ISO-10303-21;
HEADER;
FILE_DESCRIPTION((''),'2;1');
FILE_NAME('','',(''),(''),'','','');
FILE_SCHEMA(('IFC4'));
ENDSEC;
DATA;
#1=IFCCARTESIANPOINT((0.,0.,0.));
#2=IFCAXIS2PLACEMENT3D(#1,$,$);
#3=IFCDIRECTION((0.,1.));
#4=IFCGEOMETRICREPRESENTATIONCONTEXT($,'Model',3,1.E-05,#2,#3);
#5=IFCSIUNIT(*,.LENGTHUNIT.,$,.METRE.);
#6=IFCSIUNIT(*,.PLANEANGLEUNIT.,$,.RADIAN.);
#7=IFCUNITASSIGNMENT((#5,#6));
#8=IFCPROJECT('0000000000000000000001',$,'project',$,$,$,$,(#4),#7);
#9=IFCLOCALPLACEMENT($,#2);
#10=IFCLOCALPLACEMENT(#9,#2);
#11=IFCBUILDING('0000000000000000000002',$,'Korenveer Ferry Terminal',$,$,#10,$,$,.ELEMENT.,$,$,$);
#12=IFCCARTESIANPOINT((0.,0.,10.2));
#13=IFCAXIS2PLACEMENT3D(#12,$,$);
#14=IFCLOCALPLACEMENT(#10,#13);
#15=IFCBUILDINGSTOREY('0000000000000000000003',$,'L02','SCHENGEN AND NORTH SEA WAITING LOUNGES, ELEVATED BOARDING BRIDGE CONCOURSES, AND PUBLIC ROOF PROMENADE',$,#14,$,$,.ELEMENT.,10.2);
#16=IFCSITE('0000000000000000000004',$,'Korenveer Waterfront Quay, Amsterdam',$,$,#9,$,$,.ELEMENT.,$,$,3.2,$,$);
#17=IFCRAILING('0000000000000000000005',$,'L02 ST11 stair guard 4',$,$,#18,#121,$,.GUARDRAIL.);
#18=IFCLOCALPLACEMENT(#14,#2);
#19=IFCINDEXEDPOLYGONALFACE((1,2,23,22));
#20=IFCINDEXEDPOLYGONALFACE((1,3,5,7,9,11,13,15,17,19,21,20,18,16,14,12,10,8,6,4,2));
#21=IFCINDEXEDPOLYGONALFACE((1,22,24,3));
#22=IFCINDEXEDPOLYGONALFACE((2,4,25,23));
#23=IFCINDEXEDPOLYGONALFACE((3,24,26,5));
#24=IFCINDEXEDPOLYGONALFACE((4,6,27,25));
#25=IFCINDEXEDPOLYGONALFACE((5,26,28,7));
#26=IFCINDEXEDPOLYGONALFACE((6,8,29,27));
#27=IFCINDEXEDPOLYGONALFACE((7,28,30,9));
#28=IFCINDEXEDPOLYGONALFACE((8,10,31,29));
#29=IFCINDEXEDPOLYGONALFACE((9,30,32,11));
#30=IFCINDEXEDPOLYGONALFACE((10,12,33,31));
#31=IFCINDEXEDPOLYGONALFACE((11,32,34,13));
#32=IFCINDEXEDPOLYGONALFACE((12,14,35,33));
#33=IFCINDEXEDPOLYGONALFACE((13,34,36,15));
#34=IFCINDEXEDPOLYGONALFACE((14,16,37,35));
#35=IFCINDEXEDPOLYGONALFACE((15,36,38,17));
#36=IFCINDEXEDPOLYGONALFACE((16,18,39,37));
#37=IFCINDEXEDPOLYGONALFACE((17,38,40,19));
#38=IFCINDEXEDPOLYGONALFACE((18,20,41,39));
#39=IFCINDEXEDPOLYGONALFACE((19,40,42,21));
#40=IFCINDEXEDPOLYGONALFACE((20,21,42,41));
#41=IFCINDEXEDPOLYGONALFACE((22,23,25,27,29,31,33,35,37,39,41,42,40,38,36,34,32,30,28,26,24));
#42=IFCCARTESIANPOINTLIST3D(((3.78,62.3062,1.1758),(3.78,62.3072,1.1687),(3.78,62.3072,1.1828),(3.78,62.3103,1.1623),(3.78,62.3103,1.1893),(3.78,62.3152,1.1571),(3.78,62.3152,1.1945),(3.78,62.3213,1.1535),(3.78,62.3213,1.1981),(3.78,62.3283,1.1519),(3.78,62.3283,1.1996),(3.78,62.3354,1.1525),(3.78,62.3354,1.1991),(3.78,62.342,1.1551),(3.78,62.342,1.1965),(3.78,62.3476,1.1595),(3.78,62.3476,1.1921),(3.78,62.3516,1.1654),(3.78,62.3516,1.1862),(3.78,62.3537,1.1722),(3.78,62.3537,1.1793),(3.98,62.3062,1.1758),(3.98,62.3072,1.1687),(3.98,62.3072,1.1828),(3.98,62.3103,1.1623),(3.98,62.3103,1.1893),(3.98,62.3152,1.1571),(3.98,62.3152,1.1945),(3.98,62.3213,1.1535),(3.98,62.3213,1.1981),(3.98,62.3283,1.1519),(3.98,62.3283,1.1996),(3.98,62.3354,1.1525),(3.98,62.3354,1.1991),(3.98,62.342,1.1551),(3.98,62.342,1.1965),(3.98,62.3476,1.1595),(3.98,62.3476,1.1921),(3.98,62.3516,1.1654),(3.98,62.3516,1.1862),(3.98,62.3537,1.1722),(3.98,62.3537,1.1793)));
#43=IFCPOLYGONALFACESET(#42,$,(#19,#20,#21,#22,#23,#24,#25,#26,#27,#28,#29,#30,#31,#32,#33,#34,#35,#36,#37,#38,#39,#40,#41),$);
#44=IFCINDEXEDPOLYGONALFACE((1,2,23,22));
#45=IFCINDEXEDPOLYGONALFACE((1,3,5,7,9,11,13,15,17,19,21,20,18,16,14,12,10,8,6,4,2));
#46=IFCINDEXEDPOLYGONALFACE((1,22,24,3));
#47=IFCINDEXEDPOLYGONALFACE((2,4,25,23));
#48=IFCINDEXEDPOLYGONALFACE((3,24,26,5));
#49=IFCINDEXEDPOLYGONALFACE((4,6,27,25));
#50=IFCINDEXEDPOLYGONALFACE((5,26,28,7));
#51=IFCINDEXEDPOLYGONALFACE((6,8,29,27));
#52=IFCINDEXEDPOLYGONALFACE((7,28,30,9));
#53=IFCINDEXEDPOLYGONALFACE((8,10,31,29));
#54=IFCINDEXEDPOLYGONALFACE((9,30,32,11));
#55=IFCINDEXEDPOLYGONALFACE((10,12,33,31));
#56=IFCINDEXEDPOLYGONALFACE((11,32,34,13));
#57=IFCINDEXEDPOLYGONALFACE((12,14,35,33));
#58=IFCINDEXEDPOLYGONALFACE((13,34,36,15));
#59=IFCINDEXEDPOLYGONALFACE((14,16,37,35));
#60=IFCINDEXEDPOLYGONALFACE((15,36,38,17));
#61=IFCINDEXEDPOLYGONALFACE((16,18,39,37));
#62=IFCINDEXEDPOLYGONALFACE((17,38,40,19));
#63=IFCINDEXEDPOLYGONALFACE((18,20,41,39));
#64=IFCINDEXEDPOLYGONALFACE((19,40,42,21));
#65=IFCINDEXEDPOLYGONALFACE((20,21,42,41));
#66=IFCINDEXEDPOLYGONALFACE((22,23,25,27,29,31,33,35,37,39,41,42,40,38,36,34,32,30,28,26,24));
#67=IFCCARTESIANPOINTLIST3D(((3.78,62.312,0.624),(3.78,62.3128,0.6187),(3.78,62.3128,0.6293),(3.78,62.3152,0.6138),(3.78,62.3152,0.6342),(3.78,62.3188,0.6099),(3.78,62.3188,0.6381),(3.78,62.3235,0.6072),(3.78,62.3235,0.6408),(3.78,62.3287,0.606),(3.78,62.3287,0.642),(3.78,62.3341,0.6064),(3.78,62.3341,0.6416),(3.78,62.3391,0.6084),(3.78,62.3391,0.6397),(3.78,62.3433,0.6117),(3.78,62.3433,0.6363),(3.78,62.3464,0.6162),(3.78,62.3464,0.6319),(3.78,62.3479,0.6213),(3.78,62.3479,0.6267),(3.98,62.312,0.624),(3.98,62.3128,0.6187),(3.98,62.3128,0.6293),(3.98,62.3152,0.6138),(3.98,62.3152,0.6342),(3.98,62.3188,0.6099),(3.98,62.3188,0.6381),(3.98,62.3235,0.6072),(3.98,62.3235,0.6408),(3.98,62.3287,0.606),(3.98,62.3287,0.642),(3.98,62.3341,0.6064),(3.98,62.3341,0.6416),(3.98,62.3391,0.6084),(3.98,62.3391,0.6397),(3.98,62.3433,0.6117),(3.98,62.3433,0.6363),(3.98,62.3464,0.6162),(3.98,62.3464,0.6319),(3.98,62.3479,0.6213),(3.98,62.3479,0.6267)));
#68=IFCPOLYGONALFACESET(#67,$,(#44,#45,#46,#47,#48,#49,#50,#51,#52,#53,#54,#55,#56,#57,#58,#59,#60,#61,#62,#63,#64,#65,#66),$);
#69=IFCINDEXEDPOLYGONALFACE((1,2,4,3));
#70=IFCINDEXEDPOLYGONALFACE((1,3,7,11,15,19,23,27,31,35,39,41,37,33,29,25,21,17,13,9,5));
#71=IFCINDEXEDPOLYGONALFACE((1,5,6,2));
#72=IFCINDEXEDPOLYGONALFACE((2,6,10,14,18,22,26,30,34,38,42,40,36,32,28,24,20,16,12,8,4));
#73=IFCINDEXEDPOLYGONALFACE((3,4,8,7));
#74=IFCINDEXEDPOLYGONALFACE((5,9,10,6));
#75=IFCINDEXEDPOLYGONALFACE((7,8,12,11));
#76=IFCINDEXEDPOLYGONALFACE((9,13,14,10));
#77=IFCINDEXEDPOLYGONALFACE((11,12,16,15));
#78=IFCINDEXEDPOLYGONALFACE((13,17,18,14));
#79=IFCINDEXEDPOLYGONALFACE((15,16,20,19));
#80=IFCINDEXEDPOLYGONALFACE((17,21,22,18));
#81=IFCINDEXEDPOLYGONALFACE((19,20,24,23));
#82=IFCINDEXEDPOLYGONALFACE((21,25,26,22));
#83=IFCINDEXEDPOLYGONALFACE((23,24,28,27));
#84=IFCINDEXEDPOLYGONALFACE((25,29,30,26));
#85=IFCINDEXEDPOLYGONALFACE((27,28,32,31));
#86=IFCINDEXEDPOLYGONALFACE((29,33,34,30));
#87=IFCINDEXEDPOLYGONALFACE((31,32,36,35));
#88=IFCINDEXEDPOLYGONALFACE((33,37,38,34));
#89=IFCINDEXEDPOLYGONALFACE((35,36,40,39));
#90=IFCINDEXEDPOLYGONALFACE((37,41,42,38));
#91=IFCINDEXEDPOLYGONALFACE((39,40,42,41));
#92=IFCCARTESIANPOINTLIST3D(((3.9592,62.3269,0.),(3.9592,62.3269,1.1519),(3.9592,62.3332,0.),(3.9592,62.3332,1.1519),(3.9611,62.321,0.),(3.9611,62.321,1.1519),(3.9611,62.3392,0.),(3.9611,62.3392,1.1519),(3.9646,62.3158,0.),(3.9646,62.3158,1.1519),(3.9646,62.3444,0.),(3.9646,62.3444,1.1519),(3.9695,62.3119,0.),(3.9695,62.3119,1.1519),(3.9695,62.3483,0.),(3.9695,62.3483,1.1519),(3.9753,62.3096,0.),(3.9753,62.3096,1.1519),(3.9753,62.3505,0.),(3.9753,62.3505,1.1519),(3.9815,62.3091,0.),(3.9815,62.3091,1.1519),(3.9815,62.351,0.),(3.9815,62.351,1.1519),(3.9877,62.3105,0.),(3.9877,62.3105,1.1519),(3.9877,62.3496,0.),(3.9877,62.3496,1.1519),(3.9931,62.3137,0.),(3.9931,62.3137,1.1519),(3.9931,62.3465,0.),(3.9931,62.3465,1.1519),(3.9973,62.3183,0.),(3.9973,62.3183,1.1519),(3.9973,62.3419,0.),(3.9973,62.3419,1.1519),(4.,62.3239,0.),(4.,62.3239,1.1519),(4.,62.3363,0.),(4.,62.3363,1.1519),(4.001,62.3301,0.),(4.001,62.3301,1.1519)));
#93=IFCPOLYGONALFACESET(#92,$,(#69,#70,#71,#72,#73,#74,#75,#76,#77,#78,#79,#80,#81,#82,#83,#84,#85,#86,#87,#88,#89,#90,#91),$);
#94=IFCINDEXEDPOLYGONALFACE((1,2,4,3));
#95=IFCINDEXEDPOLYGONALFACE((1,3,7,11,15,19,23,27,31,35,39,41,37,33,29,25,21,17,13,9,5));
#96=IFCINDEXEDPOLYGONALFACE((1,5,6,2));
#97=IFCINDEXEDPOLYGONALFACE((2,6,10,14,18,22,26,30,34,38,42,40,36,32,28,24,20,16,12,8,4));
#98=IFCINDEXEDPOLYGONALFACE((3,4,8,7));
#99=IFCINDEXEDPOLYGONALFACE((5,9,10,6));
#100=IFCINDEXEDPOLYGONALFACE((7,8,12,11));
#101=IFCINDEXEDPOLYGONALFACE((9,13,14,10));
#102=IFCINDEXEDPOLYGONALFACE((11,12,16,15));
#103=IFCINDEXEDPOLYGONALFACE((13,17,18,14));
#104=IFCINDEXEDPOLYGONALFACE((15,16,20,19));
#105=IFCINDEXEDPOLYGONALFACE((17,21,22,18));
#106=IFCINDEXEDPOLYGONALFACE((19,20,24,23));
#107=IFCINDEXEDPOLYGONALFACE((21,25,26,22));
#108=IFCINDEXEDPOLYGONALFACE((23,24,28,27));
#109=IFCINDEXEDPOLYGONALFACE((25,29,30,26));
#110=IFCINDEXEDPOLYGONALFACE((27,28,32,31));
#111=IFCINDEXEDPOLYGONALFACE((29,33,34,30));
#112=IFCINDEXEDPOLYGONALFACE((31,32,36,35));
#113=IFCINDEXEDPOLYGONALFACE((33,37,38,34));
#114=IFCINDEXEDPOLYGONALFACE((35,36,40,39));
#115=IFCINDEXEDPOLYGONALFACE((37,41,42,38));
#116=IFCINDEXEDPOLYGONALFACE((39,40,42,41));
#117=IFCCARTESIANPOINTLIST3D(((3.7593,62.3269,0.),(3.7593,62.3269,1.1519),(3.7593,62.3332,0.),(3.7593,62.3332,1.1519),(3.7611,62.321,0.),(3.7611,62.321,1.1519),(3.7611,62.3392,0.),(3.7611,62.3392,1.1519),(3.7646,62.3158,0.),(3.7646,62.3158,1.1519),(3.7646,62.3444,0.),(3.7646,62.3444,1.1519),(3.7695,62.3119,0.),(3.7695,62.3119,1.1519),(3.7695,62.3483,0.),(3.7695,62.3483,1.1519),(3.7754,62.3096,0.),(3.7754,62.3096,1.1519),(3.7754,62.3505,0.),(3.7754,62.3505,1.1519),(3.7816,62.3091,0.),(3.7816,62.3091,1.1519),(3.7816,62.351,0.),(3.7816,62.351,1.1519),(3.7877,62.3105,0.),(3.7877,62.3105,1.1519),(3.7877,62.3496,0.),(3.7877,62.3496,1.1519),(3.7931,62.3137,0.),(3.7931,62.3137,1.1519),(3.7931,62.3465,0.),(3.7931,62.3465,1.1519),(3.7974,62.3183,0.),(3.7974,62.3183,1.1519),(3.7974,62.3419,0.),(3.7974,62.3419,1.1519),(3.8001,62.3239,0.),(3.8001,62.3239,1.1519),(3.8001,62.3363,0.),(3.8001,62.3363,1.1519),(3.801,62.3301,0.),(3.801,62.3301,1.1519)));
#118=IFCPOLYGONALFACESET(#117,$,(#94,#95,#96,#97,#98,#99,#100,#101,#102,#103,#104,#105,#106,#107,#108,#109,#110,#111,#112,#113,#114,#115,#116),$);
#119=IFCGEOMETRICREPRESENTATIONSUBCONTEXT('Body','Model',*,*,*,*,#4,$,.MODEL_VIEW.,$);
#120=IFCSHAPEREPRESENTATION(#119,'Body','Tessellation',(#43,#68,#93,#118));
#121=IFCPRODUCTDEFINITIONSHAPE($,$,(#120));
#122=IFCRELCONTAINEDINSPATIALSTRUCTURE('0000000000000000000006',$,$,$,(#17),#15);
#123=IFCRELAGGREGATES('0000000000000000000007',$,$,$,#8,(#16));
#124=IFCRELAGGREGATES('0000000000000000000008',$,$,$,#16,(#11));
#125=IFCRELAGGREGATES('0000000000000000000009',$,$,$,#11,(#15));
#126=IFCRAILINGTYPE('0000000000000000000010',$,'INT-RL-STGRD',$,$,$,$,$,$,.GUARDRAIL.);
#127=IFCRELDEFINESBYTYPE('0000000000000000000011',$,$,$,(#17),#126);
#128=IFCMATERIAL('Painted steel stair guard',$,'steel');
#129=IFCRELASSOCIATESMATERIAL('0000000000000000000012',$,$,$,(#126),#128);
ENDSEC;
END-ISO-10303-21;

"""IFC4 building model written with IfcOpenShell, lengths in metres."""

from ifc_helpers import new_model, si_unit, direction, frame, origin, origin_2d, place, context, subcontext, project, spatial, circle, extrude, material, type_object, element, save


model = new_model("IFC4")

# Units and contexts
model_context = context("Model", 3, precision=1e-05, world=origin(), true_north=direction((0.0, 1.0)))
body_context = subcontext(model_context, "Body", "Model", "MODEL_VIEW")
ifc_project = project(units=[si_unit("LENGTHUNIT", "METRE"), si_unit("PLANEANGLEUNIT", "RADIAN")], contexts=[model_context])

# Site, building, storey
site_placement = place(None, origin())
site = spatial("IfcSite", under=ifc_project, at=site_placement, Name="Korenveer Waterfront Quay, Amsterdam", CompositionType="ELEMENT", RefElevation=3.2)
building_placement = place(site_placement, origin())
building = spatial("IfcBuilding", under=site, at=building_placement, Name="Korenveer Ferry Terminal", CompositionType="ELEMENT")
storey_placement = place(building_placement, frame((0.0, 0.0, 10.2)))
storey = spatial("IfcBuildingStorey", under=building, at=storey_placement, Name="L02", Description="SCHENGEN AND NORTH SEA WAITING LOUNGES, ELEVATED BOARDING BRIDGE CONCOURSES, AND PUBLIC ROOF PROMENADE", CompositionType="ELEMENT", Elevation=10.2)

# Railing
ifc_material_1 = material(Name="Painted steel stair guard", Category="steel")
railing_type_1 = type_object("IfcRailingType", Name="INT-RL-STGRD", PredefinedType="GUARDRAIL", material=ifc_material_1)
railing_1_placement = place(storey_placement, frame((3.98, 62.3301, 0.0)))
element("IfcRailing", 1, at=railing_1_placement, inside=storey, type_object=railing_type_1, Name="L02 ST11 stair guard 4", PredefinedType="GUARDRAIL", context=body_context, shape_type="SweptSolid", body=[
    extrude(circle(Radius=0.0239, at=origin_2d()), frame((0.0, 0.0, 1.1758), z_axis=(-1.0, 0.0, 0.0), x_axis=(0.0, -1.0, 0.0)), (0.0, 0.0, 1.0), 0.2),
    extrude(circle(Radius=0.0181, at=origin_2d()), frame((0.0, 0.0, 0.624), z_axis=(-1.0, 0.0, 0.0), x_axis=(0.0, -1.0, 0.0)), (0.0, 0.0, 1.0), 0.2),
    extrude(circle(Radius=0.021, at=origin_2d()), origin(), (0.0, 0.0, 1.0), 1.1519),
    extrude(circle(Radius=0.021, at=origin_2d()), frame((-0.2, 0.0, 0.0)), (0.0, 0.0, 1.0), 1.1519),
])

save(model, "model.ifc")
